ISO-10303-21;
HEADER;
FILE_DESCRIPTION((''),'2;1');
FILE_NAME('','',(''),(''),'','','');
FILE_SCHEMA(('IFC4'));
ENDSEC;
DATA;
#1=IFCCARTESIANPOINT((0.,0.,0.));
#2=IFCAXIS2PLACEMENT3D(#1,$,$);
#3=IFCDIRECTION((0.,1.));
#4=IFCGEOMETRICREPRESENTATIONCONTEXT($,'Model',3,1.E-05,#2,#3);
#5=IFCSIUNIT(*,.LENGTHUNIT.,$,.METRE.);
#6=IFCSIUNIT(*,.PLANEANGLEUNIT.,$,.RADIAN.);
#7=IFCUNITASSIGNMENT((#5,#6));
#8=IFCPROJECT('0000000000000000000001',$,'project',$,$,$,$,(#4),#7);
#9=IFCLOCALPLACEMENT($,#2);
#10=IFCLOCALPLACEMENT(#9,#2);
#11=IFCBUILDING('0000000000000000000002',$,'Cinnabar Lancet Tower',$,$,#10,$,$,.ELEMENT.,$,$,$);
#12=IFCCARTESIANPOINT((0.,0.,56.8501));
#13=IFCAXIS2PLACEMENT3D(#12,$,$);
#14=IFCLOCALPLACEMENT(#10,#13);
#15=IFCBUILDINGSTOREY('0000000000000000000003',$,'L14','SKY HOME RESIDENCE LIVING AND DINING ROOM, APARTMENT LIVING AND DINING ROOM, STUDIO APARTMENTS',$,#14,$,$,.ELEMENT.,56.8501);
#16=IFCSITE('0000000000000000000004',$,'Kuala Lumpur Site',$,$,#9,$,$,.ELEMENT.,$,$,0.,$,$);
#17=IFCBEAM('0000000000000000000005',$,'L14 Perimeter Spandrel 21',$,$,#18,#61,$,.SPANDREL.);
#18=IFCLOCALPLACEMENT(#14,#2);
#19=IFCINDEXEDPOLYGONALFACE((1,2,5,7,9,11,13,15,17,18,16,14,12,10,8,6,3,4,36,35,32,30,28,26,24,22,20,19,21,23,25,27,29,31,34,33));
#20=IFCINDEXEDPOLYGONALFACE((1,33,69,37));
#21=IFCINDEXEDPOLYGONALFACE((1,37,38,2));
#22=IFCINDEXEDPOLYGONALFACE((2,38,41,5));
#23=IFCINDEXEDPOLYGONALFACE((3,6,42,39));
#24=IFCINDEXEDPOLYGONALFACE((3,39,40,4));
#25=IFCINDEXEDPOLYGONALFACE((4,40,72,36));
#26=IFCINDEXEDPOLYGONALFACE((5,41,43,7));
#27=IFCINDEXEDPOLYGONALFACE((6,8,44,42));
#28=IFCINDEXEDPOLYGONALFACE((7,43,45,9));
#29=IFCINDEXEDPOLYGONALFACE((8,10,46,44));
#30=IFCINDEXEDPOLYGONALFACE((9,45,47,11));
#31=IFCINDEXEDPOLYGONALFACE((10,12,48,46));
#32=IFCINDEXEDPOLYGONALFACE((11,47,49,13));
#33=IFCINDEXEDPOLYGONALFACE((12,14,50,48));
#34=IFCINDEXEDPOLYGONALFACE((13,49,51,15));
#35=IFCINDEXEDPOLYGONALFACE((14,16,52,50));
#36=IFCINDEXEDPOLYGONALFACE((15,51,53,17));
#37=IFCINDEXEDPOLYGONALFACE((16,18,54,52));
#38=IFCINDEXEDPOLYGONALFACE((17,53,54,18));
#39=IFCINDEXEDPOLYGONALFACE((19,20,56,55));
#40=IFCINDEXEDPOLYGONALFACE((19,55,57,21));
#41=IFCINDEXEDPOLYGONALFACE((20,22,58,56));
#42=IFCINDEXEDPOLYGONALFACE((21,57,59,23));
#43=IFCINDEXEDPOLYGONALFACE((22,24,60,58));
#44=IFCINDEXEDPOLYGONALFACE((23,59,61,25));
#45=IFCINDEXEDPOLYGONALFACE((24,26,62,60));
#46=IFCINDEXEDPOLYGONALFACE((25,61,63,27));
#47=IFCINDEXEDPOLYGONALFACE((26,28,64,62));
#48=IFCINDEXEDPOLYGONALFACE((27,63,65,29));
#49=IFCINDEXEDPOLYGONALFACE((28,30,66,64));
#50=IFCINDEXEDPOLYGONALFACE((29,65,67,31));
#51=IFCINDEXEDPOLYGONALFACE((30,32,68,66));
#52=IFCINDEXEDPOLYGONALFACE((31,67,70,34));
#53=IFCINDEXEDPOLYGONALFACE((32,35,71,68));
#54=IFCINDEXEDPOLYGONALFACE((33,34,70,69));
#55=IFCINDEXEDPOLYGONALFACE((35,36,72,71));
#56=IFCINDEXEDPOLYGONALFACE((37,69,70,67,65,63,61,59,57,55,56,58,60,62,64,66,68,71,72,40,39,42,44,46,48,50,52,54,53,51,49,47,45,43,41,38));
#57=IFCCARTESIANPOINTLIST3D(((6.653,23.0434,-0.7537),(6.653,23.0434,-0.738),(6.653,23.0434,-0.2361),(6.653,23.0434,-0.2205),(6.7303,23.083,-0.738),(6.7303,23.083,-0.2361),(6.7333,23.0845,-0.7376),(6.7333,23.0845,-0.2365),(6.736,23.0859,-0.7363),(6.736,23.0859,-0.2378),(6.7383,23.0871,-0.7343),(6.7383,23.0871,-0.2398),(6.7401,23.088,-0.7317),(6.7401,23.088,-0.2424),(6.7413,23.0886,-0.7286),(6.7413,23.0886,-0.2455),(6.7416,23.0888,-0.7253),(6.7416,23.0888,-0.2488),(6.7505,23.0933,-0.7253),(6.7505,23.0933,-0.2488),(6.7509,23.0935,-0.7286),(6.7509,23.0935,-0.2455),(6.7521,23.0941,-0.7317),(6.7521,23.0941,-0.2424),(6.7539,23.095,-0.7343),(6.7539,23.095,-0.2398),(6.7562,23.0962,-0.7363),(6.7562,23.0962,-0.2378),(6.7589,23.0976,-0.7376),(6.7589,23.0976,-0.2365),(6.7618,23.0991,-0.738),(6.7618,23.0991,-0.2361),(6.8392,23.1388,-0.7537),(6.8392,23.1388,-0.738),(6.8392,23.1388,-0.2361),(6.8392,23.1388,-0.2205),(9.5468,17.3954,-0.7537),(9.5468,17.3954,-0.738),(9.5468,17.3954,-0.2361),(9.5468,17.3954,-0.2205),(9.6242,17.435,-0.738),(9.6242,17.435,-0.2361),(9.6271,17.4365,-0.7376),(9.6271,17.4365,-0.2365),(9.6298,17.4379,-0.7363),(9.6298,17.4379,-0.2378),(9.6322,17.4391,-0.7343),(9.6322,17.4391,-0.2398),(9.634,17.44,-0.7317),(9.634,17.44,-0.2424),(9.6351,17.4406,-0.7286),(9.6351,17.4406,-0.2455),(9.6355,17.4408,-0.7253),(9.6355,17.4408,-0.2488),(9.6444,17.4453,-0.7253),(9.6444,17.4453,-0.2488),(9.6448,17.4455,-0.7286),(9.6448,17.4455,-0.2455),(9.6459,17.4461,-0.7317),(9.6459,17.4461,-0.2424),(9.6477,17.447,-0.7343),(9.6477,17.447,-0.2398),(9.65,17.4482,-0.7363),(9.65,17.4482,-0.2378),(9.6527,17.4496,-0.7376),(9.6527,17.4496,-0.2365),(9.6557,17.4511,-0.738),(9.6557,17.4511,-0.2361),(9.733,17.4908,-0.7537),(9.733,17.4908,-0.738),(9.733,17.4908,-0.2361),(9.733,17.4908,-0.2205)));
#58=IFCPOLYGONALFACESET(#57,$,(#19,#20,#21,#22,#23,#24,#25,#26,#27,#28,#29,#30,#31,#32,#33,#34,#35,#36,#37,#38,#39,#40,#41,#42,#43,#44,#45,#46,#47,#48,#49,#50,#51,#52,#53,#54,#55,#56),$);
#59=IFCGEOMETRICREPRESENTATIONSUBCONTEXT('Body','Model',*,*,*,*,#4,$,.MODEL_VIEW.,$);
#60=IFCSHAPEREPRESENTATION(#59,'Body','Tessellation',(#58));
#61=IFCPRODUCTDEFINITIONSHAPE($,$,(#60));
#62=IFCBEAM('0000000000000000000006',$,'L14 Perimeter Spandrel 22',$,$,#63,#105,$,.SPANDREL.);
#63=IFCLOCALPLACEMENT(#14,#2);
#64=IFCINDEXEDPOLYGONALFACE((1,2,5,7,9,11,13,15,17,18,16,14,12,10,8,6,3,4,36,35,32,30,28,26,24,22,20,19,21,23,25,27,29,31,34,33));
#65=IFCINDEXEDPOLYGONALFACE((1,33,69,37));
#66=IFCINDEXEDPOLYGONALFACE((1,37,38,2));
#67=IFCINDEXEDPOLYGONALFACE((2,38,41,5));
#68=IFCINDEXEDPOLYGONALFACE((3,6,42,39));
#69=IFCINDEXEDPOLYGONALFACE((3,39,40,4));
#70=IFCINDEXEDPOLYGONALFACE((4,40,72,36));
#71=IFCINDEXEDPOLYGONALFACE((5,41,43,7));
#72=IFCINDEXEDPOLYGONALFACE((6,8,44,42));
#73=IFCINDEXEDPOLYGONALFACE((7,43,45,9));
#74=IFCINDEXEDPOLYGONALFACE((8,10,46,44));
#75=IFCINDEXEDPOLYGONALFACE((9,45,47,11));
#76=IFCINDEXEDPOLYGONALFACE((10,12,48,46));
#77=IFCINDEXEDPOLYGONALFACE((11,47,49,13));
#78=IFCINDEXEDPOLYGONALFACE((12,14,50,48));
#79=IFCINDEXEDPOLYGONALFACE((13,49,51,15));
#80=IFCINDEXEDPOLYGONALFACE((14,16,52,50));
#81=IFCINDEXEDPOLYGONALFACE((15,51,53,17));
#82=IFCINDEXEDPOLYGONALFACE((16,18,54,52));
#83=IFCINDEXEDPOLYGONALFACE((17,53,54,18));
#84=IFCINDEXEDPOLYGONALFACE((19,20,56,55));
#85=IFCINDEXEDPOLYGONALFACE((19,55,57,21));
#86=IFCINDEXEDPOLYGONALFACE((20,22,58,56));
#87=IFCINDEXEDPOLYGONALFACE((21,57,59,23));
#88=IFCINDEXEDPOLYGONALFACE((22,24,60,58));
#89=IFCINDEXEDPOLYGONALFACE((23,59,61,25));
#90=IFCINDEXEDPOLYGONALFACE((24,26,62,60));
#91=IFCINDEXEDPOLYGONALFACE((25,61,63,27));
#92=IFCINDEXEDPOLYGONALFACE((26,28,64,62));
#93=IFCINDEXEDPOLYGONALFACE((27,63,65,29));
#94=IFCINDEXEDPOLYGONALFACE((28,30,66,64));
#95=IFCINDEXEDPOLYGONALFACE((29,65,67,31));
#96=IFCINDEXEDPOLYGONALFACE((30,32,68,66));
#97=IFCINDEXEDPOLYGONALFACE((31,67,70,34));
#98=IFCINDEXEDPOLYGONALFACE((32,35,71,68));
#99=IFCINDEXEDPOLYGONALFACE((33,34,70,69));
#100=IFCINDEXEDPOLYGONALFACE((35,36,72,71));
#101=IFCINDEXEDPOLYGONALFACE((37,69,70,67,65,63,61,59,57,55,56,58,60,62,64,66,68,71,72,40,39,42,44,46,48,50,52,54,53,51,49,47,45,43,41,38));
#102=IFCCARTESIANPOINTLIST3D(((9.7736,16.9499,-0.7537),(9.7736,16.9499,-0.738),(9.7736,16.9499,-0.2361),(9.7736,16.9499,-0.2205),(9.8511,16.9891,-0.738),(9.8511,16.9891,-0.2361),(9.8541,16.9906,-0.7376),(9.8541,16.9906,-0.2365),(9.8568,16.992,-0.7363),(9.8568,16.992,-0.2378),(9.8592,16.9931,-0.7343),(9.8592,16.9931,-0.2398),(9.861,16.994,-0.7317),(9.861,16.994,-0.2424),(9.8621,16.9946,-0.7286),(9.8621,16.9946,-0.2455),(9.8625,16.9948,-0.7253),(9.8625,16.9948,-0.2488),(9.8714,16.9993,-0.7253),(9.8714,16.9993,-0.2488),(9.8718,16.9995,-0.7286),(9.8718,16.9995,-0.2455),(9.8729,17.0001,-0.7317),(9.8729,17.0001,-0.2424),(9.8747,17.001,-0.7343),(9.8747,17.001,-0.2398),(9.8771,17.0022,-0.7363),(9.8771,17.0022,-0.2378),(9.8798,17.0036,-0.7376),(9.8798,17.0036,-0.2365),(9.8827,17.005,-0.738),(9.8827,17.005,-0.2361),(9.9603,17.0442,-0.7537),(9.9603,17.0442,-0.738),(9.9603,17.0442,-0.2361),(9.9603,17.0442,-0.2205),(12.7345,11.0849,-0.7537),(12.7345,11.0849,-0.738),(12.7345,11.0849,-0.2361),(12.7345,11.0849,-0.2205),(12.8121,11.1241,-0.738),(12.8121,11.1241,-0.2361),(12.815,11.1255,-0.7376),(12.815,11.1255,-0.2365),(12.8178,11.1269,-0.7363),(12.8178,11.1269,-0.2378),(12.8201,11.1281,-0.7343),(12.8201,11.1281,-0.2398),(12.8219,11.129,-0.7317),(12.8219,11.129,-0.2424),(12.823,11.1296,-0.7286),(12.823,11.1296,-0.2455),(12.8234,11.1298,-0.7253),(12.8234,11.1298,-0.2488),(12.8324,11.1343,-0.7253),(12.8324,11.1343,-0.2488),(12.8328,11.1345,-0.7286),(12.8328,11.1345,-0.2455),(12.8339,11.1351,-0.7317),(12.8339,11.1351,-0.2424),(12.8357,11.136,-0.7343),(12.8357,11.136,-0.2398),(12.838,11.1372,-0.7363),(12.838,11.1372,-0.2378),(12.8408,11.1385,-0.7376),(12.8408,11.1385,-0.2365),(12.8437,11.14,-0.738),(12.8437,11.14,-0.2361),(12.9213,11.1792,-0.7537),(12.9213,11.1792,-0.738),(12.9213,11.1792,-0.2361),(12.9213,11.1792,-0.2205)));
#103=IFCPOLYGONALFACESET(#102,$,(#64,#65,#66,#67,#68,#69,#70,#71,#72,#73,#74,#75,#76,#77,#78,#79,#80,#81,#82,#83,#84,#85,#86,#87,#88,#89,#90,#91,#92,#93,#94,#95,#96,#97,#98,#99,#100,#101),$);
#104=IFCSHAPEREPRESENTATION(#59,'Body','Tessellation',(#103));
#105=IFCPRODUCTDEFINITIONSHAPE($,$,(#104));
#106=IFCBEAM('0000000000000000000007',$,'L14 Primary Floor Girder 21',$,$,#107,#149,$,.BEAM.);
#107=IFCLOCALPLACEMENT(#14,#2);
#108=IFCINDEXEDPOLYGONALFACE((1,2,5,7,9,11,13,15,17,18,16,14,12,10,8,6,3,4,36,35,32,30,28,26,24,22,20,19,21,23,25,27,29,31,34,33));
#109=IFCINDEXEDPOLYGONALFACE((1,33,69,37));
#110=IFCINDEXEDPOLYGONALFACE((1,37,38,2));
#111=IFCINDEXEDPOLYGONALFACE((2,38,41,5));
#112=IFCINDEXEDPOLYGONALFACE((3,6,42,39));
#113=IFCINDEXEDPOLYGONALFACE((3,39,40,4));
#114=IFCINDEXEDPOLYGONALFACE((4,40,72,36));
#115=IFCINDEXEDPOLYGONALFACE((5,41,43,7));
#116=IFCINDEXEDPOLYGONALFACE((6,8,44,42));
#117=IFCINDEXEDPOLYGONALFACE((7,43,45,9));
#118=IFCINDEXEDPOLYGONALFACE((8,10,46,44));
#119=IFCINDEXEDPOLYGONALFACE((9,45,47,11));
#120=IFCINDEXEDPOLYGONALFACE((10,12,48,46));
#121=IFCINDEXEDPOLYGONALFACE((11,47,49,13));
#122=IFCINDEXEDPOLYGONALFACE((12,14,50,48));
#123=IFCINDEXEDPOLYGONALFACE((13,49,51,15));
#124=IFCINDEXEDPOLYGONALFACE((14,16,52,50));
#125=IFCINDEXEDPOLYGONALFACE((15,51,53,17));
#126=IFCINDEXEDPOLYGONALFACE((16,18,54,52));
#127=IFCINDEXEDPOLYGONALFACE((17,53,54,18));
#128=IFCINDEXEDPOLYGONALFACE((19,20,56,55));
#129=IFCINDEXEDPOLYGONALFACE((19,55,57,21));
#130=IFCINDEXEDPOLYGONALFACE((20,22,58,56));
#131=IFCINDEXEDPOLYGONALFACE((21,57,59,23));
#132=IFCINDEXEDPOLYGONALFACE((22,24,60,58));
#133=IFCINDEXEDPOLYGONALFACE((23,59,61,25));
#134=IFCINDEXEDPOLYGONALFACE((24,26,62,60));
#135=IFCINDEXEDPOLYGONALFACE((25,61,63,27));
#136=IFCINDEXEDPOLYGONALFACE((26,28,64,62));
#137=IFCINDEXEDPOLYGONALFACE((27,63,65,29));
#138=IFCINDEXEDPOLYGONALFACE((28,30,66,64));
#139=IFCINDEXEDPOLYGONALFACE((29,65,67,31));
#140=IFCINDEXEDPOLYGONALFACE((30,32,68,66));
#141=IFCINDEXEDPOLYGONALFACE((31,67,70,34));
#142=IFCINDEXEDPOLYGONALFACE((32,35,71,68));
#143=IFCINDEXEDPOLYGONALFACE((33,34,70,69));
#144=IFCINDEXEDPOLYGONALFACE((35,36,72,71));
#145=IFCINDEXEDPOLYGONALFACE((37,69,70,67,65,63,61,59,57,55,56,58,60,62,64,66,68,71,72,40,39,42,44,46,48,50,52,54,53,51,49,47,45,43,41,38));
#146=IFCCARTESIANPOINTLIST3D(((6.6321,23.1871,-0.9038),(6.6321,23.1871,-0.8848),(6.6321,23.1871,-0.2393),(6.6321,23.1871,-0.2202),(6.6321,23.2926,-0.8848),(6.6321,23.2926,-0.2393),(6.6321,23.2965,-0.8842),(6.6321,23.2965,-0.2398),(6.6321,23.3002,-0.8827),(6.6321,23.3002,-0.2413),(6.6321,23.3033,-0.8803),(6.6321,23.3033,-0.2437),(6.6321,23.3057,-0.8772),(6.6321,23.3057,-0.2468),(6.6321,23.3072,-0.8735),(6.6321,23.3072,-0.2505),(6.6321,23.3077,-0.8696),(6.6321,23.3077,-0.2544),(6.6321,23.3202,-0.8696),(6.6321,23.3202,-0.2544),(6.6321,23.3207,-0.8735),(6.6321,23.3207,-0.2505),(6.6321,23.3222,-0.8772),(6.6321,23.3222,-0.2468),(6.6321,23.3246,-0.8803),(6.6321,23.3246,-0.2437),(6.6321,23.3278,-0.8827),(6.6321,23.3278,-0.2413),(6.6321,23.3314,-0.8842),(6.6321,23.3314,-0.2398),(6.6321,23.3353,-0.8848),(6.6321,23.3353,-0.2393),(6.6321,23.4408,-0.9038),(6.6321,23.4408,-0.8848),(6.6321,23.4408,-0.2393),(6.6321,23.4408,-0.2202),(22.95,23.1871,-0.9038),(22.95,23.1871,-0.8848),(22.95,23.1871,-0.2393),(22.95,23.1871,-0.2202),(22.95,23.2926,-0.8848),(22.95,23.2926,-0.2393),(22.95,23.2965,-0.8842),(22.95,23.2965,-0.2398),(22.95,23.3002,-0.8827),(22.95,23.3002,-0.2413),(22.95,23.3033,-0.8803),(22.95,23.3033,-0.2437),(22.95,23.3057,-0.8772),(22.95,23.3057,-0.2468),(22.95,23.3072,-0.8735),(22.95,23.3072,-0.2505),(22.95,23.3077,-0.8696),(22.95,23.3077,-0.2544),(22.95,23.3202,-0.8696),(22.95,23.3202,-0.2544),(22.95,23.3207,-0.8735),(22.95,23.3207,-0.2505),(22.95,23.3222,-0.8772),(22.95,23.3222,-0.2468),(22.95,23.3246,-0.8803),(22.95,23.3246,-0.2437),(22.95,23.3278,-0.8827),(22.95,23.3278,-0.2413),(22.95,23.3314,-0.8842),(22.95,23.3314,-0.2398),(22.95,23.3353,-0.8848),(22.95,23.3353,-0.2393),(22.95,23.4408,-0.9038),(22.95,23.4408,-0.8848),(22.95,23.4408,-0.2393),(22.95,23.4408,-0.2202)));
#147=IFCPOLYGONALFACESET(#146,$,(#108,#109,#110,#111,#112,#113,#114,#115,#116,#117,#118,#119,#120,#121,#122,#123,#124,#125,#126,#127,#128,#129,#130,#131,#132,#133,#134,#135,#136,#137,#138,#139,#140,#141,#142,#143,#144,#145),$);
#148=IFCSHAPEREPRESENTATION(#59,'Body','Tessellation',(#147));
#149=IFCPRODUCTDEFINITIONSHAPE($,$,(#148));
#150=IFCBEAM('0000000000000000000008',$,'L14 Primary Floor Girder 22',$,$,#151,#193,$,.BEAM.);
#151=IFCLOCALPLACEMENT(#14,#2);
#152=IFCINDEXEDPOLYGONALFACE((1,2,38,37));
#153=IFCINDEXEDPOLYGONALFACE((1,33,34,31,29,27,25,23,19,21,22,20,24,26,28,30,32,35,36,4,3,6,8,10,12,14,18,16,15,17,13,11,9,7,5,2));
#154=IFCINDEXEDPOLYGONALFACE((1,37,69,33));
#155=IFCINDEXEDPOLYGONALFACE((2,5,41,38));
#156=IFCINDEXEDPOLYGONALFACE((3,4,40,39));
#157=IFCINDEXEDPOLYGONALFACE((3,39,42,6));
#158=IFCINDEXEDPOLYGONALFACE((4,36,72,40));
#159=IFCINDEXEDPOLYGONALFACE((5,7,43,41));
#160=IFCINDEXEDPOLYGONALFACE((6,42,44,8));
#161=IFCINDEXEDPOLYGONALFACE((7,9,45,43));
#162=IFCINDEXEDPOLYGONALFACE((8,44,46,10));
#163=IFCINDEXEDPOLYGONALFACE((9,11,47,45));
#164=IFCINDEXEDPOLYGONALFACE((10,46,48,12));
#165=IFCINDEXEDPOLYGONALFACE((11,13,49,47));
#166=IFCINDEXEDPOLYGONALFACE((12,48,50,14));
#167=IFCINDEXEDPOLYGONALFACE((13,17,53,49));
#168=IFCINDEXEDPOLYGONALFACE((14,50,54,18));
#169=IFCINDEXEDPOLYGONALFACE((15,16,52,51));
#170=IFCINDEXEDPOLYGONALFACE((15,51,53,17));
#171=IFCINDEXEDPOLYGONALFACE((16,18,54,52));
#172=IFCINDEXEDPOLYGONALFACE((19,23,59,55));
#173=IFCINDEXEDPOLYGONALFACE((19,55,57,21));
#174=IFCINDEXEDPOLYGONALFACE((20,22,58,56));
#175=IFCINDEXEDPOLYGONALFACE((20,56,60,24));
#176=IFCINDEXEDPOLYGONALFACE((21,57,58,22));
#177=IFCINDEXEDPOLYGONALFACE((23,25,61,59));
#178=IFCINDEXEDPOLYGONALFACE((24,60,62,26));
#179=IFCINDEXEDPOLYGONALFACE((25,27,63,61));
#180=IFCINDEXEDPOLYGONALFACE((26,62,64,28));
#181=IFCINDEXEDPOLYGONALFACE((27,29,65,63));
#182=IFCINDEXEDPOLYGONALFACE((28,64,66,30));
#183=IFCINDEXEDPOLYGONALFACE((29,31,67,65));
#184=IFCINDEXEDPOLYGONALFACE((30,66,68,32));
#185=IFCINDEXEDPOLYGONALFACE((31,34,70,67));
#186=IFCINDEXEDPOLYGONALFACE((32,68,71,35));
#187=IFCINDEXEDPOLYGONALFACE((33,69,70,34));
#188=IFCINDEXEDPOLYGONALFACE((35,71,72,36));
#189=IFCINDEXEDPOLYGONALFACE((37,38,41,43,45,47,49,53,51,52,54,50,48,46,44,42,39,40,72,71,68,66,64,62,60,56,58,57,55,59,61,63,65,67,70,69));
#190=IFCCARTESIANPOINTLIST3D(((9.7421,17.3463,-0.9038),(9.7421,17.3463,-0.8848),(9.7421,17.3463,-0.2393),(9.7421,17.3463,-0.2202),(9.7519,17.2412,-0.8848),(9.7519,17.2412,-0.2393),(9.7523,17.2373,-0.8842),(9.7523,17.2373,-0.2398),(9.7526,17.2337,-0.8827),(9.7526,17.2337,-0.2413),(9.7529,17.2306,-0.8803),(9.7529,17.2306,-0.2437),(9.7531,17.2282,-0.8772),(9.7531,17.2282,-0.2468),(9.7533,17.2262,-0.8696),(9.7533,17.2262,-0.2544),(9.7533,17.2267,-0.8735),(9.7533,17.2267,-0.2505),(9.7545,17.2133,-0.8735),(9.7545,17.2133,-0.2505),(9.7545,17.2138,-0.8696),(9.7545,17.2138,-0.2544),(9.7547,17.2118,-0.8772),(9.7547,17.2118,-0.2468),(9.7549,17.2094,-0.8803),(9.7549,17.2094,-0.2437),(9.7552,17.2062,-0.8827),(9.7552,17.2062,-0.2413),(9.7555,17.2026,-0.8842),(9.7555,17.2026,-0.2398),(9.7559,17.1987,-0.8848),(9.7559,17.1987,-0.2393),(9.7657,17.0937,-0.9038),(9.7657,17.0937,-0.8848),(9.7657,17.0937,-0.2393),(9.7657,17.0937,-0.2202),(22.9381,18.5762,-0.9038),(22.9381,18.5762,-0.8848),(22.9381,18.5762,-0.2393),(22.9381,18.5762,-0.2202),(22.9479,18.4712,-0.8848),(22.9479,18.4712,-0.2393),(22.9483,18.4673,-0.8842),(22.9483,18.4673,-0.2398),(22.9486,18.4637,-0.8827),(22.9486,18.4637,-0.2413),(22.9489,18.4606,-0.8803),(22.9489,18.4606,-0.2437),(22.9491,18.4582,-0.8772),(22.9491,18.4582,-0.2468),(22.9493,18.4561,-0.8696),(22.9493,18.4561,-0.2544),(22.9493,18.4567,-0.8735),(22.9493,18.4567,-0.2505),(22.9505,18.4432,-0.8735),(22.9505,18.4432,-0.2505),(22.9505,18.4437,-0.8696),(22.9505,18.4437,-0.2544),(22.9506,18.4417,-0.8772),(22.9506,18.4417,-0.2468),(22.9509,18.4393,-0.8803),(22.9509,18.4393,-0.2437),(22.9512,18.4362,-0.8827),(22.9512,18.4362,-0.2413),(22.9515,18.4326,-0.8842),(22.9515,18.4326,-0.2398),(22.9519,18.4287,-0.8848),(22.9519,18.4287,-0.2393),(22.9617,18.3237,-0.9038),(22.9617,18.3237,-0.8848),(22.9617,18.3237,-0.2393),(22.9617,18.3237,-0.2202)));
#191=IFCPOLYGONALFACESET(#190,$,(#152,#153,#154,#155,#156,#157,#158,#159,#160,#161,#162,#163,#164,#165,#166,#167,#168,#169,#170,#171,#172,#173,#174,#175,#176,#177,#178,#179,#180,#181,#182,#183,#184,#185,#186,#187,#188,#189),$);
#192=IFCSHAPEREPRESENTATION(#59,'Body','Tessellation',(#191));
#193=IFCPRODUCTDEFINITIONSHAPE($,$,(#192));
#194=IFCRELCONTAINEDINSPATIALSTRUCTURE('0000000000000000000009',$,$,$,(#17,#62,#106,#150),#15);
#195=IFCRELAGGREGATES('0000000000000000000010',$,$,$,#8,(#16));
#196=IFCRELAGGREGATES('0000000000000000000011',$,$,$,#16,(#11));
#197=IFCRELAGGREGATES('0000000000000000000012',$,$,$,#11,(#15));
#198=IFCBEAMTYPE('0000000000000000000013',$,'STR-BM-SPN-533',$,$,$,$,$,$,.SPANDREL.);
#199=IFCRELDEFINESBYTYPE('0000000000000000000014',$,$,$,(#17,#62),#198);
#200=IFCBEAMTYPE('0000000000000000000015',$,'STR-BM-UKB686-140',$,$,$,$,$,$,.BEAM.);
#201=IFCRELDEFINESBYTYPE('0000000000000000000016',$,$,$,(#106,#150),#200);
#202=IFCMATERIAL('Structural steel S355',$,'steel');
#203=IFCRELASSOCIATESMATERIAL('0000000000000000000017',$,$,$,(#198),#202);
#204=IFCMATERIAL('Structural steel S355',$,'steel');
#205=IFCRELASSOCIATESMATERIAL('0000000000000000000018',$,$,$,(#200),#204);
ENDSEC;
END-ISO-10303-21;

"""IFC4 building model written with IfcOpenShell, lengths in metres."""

from ifc_helpers import new_model, si_unit, direction, frame, origin, origin_2d, place, context, subcontext, project, spatial, i_section, extrude, material, material_profile, profile_set, type_object, element, save


model = new_model("IFC4")

# Units and contexts
model_context = context("Model", 3, precision=1e-05, world=origin(), true_north=direction((0.0, 1.0)))
body_context = subcontext(model_context, "Body", "Model", "MODEL_VIEW")
ifc_project = project(units=[si_unit("LENGTHUNIT", "METRE"), si_unit("PLANEANGLEUNIT", "RADIAN")], contexts=[model_context])

# Site, building, storey
site_placement = place(None, origin())
site = spatial("IfcSite", under=ifc_project, at=site_placement, Name="Kuala Lumpur Site", CompositionType="ELEMENT", RefElevation=0.0)
building_placement = place(site_placement, origin())
building = spatial("IfcBuilding", under=site, at=building_placement, Name="Cinnabar Lancet Tower", CompositionType="ELEMENT")
storey_placement = place(building_placement, frame((0.0, 0.0, 56.8501)))
storey = spatial("IfcBuildingStorey", under=building, at=storey_placement, Name="L14", Description="SKY HOME RESIDENCE LIVING AND DINING ROOM, APARTMENT LIVING AND DINING ROOM, STUDIO APARTMENTS", CompositionType="ELEMENT", Elevation=56.8501)

# Beams
ifc_material_1 = material(Name="Structural steel S355", Category="steel")
ifc_material_profile_1 = material_profile(ifc_material_1, i_section(OverallWidth=0.2092, OverallDepth=0.5332, WebThickness=0.01, FlangeThickness=0.0156, FilletRadius=0.0127, at=origin_2d()), Name="UKB 533x210x92")
ifc_profile_set_1 = profile_set([ifc_material_profile_1], Name="Structural steel S355")
beam_type_1 = type_object("IfcBeamType", Name="STR-BM-SPN-533", PredefinedType="SPANDREL", material=ifc_profile_set_1)
beam_1_placement = place(storey_placement, frame((6.7461, 23.0911, -0.4871), z_axis=(0.455994, -0.889983, 0.0), x_axis=(0.889983, 0.455994, 0.0)))
element("IfcBeam", 1, at=beam_1_placement, inside=storey, type_object=beam_type_1, Name="L14 Perimeter Spandrel 21", PredefinedType="SPANDREL", context=body_context, shape_type="SweptSolid", body=[
    extrude(i_section(OverallWidth=0.2092, OverallDepth=0.5332, WebThickness=0.01, FlangeThickness=0.0156, FilletRadius=0.0127, at=origin_2d()), origin(), (0.0, 0.0, 1.0), 6.3462),
])
beam_2_placement = place(storey_placement, frame((9.8669, 16.9971, -0.4871), z_axis=(0.450674, -0.892689, 0.0), x_axis=(0.892689, 0.450674, 0.0)))
element("IfcBeam", 2, at=beam_2_placement, inside=storey, type_object=beam_type_1, Name="L14 Perimeter Spandrel 22", PredefinedType="SPANDREL", context=body_context, shape_type="SweptSolid", body=[
    extrude(i_section(OverallWidth=0.2092, OverallDepth=0.5332, WebThickness=0.01, FlangeThickness=0.0156, FilletRadius=0.0127, at=origin_2d()), origin(), (0.0, 0.0, 1.0), 6.5701),
])
ifc_material_2 = material(Name="Structural steel S355", Category="steel")
ifc_material_profile_2 = material_profile(ifc_material_2, i_section(OverallWidth=0.2537, OverallDepth=0.6836, WebThickness=0.0125, FlangeThickness=0.019, FilletRadius=0.0151, at=origin_2d()), Name="UKB 686x254x140")
ifc_profile_set_2 = profile_set([ifc_material_profile_2], Name="Structural steel S355")
beam_type_2 = type_object("IfcBeamType", Name="STR-BM-UKB686-140", PredefinedType="BEAM", material=ifc_profile_set_2)
beam_3_placement = place(storey_placement, frame((6.6321, 23.314, -0.562), z_axis=(1.0, 0.0, 0.0), x_axis=(0.0, 1.0, 0.0)))
element("IfcBeam", 3, at=beam_3_placement, inside=storey, type_object=beam_type_2, Name="L14 Primary Floor Girder 21", PredefinedType="BEAM", context=body_context, shape_type="SweptSolid", body=[
    extrude(i_section(OverallWidth=0.2537, OverallDepth=0.6836, WebThickness=0.0125, FlangeThickness=0.019, FilletRadius=0.0151, at=origin_2d()), origin(), (0.0, 0.0, 1.0), 16.3179),
])
beam_4_placement = place(storey_placement, frame((9.7539, 17.22, -0.562), z_axis=(0.995684, 0.092806, 0.0), x_axis=(-0.092806, 0.995684, 0.0)))
element("IfcBeam", 4, at=beam_4_placement, inside=storey, type_object=beam_type_2, Name="L14 Primary Floor Girder 22", PredefinedType="BEAM", context=body_context, shape_type="SweptSolid", body=[
    extrude(i_section(OverallWidth=0.2537, OverallDepth=0.6836, WebThickness=0.0125, FlangeThickness=0.019, FilletRadius=0.0151, at=origin_2d()), origin(), (0.0, 0.0, 1.0), 13.2532),
])

save(model, "model.ifc")
